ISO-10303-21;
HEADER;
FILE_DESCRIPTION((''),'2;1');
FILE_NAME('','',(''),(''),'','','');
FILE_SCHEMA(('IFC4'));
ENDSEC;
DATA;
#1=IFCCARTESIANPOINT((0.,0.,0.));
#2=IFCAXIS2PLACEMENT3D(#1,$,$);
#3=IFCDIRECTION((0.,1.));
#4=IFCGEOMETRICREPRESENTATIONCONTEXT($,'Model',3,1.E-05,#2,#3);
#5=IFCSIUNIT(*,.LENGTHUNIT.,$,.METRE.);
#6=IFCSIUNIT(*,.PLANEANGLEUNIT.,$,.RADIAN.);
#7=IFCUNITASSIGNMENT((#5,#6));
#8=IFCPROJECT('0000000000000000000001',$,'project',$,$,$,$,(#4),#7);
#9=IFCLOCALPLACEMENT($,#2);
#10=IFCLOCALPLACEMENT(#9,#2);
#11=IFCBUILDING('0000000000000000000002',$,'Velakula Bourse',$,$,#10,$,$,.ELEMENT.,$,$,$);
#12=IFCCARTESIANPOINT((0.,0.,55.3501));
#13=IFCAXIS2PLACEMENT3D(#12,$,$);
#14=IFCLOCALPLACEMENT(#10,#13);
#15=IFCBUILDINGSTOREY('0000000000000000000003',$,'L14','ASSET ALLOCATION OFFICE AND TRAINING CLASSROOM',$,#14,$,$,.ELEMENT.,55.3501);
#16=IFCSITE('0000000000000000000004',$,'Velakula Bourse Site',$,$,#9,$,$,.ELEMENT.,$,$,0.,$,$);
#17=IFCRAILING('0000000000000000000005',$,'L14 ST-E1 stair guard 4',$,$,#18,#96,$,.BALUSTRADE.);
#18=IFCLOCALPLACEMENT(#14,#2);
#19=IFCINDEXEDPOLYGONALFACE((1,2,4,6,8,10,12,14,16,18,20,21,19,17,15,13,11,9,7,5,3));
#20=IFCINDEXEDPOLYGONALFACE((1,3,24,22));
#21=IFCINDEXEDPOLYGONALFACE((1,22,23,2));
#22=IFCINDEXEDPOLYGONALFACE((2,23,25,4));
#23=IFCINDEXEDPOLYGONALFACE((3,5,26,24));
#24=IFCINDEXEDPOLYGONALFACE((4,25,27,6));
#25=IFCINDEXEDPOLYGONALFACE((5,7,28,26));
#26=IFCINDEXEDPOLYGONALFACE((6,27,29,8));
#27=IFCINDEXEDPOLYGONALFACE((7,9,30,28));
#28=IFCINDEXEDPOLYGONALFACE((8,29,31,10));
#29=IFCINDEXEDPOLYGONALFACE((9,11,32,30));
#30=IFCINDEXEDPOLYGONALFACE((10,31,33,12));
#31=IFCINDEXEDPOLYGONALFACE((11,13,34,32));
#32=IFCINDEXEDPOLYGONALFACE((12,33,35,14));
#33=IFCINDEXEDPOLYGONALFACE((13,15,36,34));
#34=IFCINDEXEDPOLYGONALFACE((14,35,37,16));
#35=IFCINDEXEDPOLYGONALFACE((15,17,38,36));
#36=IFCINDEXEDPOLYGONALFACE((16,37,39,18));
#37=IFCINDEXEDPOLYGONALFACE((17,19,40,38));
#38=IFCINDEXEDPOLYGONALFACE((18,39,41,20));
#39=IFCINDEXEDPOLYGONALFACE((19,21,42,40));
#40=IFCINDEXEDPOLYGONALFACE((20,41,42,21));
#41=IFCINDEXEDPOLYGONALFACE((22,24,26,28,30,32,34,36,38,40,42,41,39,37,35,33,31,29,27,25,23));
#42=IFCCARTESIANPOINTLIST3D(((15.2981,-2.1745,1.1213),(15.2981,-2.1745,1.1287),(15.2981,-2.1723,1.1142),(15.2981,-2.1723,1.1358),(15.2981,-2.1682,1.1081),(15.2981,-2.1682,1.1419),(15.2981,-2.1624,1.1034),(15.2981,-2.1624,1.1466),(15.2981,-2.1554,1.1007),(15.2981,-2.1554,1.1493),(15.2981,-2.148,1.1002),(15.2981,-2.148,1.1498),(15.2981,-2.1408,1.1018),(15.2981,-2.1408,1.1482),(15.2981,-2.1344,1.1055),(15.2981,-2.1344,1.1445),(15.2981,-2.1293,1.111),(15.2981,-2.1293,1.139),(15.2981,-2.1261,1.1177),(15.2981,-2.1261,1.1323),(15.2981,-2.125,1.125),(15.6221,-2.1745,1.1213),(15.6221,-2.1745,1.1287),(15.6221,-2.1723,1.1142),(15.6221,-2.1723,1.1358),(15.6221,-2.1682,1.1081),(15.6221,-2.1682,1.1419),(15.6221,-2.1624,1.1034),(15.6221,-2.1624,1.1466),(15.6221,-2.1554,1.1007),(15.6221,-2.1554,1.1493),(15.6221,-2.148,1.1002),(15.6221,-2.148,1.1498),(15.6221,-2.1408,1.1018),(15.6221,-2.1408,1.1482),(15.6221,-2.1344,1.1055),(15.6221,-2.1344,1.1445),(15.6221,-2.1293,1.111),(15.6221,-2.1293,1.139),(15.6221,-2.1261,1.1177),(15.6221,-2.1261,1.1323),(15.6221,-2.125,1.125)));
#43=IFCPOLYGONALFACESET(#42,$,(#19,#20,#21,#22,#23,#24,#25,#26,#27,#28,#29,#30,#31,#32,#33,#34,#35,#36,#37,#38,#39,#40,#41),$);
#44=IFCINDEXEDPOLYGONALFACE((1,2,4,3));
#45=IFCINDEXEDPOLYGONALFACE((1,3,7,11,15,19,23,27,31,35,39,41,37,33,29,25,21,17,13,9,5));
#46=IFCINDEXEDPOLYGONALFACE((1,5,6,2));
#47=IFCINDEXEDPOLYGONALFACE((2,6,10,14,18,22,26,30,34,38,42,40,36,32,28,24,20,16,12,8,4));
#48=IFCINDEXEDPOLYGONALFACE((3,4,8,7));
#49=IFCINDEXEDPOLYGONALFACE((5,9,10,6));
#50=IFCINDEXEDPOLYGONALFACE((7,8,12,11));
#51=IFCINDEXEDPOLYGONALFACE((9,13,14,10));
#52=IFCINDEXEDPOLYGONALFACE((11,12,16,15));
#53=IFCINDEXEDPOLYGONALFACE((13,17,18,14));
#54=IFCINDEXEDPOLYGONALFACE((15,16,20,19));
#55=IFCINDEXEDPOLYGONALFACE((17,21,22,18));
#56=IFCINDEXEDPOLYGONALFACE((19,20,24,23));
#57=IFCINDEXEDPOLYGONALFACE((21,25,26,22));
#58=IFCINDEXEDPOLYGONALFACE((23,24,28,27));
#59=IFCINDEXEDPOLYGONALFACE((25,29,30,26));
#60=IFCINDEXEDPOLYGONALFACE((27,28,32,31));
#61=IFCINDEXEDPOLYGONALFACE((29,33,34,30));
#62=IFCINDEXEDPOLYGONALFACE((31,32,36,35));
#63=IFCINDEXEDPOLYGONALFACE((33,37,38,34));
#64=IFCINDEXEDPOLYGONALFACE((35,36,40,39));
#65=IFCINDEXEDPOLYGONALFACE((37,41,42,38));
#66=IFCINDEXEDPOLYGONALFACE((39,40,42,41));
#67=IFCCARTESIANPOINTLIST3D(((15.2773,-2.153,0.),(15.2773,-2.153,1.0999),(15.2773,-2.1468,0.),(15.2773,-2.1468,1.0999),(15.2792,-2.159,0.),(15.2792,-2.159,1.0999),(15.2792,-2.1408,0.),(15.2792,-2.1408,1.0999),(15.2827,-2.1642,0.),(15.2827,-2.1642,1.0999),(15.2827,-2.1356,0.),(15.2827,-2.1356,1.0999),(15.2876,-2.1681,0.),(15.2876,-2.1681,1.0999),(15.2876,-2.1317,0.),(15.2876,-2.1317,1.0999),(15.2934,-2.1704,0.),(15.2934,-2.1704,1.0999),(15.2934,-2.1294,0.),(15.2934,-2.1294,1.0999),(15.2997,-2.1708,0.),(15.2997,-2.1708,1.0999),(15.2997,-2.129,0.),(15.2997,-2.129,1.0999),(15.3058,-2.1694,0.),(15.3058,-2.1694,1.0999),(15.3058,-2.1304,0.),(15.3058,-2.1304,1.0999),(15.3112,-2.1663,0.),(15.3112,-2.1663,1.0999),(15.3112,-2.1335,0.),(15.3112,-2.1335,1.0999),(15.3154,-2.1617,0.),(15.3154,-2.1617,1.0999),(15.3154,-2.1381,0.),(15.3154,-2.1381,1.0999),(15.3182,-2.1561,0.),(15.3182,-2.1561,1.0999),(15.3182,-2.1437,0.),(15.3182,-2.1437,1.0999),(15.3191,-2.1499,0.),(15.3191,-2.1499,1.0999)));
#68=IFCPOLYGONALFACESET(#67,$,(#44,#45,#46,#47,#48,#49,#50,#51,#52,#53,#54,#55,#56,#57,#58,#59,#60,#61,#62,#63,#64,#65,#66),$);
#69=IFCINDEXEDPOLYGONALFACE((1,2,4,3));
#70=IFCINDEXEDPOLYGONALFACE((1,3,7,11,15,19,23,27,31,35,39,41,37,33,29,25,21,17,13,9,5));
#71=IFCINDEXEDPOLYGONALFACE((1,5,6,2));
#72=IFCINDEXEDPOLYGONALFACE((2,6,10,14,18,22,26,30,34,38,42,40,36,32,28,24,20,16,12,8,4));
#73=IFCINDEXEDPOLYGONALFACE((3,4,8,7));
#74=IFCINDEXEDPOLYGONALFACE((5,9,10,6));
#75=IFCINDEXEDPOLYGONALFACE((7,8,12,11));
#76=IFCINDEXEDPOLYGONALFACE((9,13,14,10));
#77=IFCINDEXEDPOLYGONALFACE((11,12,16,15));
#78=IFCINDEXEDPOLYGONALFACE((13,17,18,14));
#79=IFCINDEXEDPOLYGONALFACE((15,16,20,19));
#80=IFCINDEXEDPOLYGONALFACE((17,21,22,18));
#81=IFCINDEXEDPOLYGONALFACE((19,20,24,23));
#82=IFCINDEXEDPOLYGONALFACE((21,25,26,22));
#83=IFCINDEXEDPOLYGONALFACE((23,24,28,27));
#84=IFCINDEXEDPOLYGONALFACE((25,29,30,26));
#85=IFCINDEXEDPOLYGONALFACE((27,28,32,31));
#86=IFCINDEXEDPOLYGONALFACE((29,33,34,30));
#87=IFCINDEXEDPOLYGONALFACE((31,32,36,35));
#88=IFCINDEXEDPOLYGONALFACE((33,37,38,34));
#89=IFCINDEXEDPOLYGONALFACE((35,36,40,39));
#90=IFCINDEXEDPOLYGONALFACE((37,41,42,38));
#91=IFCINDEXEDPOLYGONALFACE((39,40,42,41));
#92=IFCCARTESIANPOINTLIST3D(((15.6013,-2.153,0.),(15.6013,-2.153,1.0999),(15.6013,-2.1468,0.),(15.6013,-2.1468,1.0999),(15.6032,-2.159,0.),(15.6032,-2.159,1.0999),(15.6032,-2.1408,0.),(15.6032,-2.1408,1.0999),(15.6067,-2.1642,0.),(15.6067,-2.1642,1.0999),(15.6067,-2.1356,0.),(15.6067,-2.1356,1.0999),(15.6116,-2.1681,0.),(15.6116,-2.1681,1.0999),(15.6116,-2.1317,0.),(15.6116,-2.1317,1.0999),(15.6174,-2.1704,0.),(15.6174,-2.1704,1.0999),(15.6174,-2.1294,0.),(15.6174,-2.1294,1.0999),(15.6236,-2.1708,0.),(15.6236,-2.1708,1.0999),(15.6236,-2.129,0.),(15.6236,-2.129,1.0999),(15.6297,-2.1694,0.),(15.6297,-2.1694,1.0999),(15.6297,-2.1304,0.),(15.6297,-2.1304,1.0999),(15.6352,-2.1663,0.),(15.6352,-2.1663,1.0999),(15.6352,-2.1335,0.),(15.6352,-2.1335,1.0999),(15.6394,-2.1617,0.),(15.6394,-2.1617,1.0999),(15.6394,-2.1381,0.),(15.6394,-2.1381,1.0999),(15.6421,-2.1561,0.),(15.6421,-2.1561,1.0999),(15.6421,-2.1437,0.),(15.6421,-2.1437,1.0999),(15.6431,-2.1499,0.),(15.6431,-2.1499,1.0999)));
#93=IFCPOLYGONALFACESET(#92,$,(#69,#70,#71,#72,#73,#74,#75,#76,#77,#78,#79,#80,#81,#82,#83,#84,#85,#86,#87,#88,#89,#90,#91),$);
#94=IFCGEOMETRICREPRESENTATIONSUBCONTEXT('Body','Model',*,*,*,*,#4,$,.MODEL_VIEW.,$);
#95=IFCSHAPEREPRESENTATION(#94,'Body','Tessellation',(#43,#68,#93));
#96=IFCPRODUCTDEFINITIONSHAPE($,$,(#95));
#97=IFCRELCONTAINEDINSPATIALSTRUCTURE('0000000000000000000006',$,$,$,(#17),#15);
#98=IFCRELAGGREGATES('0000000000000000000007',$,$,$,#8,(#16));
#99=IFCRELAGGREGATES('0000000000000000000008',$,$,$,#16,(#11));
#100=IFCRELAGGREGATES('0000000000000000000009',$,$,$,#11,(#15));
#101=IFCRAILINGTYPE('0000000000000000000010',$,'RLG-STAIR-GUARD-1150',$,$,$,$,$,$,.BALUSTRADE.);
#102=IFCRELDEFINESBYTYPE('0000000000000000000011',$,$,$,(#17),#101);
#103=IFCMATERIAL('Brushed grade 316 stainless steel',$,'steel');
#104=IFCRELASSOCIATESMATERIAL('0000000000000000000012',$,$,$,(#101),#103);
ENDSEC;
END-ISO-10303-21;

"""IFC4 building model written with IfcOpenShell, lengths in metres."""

from ifc_helpers import new_model, si_unit, direction, frame, origin, origin_2d, place, context, subcontext, project, spatial, circle, extrude, material, type_object, element, save


model = new_model("IFC4")

# Units and contexts
model_context = context("Model", 3, precision=1e-05, world=origin(), true_north=direction((0.0, 1.0)))
body_context = subcontext(model_context, "Body", "Model", "MODEL_VIEW")
ifc_project = project(units=[si_unit("LENGTHUNIT", "METRE"), si_unit("PLANEANGLEUNIT", "RADIAN")], contexts=[model_context])

# Site, building, storey
site_placement = place(None, origin())
site = spatial("IfcSite", under=ifc_project, at=site_placement, Name="Velakula Bourse Site", CompositionType="ELEMENT", RefElevation=0.0)
building_placement = place(site_placement, origin())
building = spatial("IfcBuilding", under=site, at=building_placement, Name="Velakula Bourse", CompositionType="ELEMENT")
storey_placement = place(building_placement, frame((0.0, 0.0, 55.3501)))
storey = spatial("IfcBuildingStorey", under=building, at=storey_placement, Name="L14", Description="ASSET ALLOCATION OFFICE AND TRAINING CLASSROOM", CompositionType="ELEMENT", Elevation=55.3501)

# Shared definitions
ifc_material_1 = material(Name="Brushed grade 316 stainless steel", Category="steel")

# Railing
railing_type_1 = type_object("IfcRailingType", Name="RLG-STAIR-GUARD-1150", PredefinedType="BALUSTRADE", material=ifc_material_1)
railing_1_placement = place(storey_placement, frame((15.2981, -2.1499, 0.0)))
element("IfcRailing", 1, at=railing_1_placement, inside=storey, type_object=railing_type_1, Name="L14 ST-E1 stair guard 4", PredefinedType="BALUSTRADE", context=body_context, shape_type="SweptSolid", body=[
    extrude(circle(Radius=0.0249, at=origin_2d()), frame((0.0, 0.0, 1.125), z_axis=(1.0, 0.0, 0.0), x_axis=(0.0, 1.0, 0.0)), (0.0, 0.0, 1.0), 0.324),
    extrude(circle(Radius=0.021, at=origin_2d()), origin(), (0.0, 0.0, 1.0), 1.0999),
    extrude(circle(Radius=0.021, at=origin_2d()), frame((0.324, 0.0, 0.0)), (0.0, 0.0, 1.0), 1.0999),
])

save(model, "model.ifc")
